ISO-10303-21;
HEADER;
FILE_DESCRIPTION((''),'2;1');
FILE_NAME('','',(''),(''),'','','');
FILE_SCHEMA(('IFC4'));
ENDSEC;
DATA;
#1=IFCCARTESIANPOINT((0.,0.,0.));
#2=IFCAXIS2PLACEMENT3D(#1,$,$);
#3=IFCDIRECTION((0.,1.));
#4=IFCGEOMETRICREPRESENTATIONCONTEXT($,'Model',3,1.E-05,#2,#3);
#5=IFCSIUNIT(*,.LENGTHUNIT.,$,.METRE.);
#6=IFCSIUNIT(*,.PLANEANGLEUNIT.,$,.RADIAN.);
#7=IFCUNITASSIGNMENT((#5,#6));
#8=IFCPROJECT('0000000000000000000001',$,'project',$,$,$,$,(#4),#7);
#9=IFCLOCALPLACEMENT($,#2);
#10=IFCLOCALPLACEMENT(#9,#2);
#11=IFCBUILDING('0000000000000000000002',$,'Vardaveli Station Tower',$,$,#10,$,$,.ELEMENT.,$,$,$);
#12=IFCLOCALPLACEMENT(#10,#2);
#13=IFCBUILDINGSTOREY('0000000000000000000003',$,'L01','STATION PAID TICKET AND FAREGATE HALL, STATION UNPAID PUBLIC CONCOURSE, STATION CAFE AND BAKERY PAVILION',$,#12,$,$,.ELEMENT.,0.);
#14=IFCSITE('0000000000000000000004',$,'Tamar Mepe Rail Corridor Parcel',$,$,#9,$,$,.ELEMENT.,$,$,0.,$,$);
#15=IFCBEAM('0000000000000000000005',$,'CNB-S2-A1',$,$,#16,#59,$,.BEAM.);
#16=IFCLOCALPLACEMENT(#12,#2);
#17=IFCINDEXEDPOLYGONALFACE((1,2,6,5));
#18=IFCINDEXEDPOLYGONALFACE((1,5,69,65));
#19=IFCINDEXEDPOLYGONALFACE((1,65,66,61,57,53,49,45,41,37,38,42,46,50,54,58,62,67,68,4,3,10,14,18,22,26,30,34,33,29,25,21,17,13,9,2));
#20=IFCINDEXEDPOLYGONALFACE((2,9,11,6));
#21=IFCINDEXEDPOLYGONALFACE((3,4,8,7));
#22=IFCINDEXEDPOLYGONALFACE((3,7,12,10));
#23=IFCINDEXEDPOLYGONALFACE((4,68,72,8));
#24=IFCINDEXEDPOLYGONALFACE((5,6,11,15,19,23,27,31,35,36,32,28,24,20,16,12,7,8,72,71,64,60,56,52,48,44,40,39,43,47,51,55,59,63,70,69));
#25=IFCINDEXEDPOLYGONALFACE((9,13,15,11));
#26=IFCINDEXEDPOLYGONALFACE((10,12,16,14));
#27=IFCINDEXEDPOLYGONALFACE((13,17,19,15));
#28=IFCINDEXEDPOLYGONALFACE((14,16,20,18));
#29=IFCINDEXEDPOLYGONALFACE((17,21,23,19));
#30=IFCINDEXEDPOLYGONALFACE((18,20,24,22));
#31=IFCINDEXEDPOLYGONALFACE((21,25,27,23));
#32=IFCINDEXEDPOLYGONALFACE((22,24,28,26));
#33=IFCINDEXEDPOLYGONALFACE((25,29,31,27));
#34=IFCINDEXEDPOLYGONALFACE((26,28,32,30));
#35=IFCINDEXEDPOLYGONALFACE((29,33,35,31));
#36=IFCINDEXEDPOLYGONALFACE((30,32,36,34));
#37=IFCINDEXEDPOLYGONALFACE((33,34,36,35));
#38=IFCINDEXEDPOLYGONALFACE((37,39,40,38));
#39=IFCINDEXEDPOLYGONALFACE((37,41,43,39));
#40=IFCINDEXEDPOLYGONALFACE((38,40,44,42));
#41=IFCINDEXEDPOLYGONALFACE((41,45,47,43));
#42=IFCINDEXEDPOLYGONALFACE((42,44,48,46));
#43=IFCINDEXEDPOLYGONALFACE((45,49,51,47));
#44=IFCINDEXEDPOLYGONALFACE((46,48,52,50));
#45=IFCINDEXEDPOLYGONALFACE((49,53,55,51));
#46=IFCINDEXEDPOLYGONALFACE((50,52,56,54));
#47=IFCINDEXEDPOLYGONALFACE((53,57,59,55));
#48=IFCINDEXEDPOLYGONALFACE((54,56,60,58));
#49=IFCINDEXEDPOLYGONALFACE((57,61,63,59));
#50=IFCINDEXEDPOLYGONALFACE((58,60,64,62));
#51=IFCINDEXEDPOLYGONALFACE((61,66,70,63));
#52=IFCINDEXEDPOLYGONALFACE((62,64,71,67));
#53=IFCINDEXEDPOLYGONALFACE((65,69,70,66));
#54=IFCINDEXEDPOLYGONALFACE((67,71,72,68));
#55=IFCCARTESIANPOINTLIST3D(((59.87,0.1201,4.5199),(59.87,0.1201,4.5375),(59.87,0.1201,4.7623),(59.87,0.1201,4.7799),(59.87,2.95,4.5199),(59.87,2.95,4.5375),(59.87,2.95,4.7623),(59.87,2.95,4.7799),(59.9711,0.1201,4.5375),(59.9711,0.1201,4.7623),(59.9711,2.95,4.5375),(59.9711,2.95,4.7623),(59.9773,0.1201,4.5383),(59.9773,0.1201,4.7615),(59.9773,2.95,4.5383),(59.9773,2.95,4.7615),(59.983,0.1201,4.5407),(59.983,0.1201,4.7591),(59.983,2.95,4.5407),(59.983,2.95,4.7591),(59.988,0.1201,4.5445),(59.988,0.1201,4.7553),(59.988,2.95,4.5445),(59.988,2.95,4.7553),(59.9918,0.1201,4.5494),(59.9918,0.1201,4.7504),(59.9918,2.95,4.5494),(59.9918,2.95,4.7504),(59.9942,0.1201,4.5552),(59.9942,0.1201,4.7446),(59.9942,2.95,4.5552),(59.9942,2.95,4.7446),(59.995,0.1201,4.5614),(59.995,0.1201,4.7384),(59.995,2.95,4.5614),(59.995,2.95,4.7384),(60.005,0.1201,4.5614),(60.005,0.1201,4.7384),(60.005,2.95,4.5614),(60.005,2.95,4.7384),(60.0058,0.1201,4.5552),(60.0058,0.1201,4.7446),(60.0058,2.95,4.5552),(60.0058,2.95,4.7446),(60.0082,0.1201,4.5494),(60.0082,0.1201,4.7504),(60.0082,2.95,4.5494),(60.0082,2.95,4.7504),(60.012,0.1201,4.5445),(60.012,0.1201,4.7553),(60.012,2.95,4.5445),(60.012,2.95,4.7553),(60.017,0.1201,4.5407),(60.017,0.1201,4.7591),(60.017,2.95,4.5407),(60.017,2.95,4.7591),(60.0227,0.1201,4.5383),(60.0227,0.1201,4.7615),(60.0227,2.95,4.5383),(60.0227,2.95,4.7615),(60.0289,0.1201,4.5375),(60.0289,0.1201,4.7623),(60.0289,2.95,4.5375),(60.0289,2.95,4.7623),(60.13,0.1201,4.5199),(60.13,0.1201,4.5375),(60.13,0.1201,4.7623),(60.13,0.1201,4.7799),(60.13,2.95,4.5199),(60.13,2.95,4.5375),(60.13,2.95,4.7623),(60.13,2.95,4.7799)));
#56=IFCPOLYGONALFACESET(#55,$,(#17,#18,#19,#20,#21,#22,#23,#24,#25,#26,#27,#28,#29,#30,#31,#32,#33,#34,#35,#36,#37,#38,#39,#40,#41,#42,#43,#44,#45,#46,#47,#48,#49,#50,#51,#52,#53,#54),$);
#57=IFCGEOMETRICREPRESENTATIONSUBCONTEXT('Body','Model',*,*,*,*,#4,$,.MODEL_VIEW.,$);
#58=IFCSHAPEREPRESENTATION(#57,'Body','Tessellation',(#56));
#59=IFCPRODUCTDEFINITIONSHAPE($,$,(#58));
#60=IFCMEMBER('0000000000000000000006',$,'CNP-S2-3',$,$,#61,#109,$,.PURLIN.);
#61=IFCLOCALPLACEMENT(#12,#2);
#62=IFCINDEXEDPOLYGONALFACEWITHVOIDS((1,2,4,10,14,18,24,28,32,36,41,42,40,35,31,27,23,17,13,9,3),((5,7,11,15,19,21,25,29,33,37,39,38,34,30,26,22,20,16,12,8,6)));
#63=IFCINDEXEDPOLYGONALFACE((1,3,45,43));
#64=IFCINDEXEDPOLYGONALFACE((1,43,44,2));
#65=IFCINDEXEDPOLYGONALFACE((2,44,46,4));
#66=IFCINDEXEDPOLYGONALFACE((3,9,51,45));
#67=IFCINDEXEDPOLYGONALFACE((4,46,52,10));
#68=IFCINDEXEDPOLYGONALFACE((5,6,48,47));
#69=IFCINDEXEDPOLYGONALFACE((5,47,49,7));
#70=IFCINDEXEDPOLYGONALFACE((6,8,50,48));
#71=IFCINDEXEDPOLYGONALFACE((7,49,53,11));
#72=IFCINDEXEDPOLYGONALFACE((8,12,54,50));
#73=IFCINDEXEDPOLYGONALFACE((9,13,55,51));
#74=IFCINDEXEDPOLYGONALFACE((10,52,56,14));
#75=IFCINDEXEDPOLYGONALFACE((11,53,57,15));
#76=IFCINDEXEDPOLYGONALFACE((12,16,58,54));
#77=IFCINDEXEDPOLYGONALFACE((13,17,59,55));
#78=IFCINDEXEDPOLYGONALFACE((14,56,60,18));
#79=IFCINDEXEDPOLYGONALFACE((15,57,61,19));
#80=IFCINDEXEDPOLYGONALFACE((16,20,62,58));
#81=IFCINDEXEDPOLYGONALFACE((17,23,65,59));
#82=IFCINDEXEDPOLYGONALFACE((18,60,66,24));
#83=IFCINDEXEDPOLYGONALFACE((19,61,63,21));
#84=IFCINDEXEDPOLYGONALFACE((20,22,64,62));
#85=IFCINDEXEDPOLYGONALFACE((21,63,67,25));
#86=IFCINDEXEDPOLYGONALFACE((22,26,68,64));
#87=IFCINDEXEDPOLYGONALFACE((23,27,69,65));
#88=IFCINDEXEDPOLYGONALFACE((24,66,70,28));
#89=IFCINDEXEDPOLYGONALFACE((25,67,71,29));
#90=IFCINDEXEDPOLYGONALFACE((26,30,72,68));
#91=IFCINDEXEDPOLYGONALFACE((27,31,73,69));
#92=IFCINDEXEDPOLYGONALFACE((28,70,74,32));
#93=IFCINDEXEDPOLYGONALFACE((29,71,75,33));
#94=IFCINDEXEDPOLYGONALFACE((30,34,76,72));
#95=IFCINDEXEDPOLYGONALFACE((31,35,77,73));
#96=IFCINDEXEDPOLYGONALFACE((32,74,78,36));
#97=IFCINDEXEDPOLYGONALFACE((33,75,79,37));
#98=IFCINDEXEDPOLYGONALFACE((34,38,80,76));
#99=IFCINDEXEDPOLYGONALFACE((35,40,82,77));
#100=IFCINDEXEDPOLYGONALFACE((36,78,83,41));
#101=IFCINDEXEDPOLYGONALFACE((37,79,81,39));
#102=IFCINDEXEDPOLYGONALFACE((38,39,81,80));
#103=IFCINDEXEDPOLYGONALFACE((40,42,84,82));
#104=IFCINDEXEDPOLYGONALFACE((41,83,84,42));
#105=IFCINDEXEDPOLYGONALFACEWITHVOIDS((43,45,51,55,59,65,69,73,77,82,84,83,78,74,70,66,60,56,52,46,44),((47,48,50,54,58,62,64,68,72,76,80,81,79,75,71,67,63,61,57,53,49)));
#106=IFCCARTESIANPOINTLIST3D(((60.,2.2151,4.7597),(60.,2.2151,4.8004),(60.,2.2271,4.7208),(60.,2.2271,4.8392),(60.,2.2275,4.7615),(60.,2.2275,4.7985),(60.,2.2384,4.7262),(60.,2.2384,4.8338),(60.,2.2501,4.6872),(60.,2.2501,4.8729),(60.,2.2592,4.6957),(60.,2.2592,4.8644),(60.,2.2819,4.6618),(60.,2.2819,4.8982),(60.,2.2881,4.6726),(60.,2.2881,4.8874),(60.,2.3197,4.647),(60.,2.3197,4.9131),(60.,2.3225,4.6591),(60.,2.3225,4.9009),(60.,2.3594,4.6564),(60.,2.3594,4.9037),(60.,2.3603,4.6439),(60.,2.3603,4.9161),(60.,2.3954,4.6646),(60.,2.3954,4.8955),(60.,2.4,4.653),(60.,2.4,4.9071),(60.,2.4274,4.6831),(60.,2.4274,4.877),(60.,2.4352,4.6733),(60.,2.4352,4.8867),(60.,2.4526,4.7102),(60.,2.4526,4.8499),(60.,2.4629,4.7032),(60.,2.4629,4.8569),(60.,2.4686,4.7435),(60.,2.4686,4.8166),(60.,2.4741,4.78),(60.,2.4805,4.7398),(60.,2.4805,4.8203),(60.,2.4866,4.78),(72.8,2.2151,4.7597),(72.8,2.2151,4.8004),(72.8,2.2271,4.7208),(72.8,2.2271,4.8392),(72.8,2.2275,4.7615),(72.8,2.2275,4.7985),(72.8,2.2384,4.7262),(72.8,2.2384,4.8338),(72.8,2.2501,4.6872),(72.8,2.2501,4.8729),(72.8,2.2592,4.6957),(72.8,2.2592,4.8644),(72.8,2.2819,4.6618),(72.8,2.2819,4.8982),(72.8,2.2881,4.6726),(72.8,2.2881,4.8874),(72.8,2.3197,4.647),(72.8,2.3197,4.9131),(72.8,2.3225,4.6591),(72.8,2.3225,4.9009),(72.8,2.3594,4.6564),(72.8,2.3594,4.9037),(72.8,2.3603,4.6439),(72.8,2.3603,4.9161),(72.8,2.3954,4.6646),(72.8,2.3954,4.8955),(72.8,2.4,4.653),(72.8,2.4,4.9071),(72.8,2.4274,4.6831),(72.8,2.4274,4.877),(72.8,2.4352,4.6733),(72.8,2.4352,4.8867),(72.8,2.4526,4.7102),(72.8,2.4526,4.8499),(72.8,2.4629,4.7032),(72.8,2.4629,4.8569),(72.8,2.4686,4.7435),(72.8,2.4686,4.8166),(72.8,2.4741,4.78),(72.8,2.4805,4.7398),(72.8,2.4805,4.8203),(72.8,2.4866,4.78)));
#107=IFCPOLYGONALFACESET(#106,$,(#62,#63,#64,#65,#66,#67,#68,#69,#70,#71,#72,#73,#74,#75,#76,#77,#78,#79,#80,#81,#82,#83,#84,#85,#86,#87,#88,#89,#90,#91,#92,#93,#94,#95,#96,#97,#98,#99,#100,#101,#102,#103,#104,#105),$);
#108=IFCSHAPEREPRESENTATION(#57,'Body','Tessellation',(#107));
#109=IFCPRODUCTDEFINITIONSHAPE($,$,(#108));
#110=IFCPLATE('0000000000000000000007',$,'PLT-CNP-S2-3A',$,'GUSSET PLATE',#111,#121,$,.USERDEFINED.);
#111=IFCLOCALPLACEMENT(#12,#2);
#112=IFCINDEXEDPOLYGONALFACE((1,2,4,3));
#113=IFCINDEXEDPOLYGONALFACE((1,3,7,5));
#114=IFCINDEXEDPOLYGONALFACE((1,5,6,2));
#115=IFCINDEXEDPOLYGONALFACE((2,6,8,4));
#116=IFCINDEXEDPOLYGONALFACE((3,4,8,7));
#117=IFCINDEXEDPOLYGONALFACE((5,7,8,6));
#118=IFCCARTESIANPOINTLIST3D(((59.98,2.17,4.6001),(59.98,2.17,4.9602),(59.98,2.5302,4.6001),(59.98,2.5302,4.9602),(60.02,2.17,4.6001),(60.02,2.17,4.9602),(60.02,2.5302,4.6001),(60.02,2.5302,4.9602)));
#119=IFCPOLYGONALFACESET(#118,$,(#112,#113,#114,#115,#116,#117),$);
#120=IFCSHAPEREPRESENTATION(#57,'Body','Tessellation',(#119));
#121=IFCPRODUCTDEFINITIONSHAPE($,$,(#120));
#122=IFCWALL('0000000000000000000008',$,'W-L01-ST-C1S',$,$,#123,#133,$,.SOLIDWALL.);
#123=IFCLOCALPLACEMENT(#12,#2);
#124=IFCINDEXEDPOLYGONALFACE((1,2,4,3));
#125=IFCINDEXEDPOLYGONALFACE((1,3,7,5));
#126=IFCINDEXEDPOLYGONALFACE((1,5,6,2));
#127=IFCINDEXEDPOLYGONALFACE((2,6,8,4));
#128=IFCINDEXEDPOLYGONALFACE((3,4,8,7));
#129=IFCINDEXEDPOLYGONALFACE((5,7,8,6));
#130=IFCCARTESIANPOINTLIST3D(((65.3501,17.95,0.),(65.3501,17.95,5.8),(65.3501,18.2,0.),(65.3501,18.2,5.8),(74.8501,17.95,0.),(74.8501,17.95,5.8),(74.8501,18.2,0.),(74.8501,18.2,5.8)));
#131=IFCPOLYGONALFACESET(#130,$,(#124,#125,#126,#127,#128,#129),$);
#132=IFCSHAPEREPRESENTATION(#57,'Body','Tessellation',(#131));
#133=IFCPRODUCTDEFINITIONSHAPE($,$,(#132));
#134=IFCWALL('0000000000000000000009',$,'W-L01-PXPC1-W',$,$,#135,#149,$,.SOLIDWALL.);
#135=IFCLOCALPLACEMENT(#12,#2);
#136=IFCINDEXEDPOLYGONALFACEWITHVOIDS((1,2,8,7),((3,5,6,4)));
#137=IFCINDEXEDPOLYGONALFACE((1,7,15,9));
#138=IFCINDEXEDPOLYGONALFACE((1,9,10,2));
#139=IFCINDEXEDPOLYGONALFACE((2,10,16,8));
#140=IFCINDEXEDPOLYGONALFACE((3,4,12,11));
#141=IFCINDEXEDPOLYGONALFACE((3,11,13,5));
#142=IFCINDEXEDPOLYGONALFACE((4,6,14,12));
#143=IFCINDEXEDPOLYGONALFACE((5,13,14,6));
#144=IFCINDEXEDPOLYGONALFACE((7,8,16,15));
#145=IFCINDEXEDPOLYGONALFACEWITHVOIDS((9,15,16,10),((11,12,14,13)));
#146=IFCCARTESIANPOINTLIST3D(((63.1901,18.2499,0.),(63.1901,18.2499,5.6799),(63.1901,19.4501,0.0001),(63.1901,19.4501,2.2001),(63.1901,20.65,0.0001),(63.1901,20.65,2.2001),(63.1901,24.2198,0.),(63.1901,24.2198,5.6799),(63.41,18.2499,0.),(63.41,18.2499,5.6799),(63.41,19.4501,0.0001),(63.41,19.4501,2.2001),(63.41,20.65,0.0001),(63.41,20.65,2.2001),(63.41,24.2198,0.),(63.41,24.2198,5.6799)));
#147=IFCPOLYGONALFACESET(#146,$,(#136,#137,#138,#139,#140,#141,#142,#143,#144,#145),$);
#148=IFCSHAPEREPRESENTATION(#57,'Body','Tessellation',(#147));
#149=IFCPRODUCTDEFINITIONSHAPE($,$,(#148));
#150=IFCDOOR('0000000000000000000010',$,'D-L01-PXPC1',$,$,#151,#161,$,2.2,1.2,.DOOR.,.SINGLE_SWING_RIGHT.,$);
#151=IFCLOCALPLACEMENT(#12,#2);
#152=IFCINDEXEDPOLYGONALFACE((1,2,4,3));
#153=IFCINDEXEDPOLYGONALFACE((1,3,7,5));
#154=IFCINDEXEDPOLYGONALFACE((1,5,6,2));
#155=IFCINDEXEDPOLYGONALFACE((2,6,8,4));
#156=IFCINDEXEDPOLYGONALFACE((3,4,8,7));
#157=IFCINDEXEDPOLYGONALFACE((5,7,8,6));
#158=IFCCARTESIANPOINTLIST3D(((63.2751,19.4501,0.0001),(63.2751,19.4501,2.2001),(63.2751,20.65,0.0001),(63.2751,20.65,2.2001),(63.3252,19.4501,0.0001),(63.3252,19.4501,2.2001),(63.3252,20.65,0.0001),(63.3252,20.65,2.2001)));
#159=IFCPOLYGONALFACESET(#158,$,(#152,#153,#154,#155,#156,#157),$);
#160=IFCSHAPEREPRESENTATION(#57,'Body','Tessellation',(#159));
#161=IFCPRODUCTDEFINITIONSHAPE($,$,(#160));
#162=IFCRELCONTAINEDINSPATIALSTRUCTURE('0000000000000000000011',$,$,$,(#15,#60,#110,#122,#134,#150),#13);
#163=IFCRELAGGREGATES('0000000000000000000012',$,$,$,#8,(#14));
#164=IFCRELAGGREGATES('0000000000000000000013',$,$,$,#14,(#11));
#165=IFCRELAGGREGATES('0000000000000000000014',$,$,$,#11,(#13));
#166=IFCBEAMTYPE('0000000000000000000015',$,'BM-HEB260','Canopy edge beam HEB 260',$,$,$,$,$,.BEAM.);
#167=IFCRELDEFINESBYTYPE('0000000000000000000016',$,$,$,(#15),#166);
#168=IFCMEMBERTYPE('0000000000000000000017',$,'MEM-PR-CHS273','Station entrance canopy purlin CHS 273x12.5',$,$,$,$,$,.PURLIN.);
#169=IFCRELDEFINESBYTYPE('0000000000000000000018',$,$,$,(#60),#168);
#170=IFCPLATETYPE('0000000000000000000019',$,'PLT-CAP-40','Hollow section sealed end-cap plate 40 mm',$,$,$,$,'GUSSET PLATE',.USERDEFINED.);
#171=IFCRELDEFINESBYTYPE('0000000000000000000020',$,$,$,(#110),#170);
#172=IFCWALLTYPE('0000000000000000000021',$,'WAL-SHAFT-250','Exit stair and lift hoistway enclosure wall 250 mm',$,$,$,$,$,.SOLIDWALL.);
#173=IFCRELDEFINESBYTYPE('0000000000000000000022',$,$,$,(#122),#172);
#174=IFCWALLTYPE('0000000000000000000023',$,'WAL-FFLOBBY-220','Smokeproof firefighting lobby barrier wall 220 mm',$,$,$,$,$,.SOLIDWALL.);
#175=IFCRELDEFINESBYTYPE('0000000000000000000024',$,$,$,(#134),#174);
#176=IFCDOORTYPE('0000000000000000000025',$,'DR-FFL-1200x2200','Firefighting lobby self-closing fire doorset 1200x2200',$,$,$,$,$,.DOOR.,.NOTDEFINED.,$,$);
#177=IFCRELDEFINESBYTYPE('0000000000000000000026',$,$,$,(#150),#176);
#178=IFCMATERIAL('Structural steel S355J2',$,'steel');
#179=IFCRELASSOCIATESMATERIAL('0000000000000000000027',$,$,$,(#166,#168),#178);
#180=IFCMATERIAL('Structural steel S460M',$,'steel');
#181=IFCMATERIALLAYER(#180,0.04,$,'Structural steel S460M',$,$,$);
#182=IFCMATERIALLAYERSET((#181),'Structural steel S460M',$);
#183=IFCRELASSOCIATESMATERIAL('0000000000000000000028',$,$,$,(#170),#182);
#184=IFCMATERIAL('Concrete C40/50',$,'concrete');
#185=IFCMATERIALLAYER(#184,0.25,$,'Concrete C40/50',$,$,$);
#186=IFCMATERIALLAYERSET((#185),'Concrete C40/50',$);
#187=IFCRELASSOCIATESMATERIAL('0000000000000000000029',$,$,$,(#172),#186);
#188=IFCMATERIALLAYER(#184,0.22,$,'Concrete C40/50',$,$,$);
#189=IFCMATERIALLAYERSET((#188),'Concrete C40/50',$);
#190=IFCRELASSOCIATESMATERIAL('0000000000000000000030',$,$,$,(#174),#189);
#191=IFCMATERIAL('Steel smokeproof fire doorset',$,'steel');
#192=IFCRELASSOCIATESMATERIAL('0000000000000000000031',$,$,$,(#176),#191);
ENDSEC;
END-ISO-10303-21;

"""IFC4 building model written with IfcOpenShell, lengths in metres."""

from ifc_helpers import new_model, si_unit, direction, frame, frame_2d, origin, origin_2d, place, context, subcontext, project, spatial, rectangle, hollow_circle, i_section, extrude, source, transform, mapped, material, layer, layer_set, material_profile, profile_set, type_object, element, fill, save


model = new_model("IFC4")

# Units and contexts
model_context = context("Model", 3, precision=1e-05, world=origin(), true_north=direction((0.0, 1.0)))
body_context = subcontext(model_context, "Body", "Model", "MODEL_VIEW")
ifc_project = project(units=[si_unit("LENGTHUNIT", "METRE"), si_unit("PLANEANGLEUNIT", "RADIAN")], contexts=[model_context])

# Site, building, storey
site_placement = place(None, origin())
site = spatial("IfcSite", under=ifc_project, at=site_placement, Name="Tamar Mepe Rail Corridor Parcel", CompositionType="ELEMENT", RefElevation=0.0)
building_placement = place(site_placement, origin())
building = spatial("IfcBuilding", under=site, at=building_placement, Name="Vardaveli Station Tower", CompositionType="ELEMENT")
storey_placement = place(building_placement, origin())
storey = spatial("IfcBuildingStorey", under=building, at=storey_placement, Name="L01", Description="STATION PAID TICKET AND FAREGATE HALL, STATION UNPAID PUBLIC CONCOURSE, STATION CAFE AND BAKERY PAVILION", CompositionType="ELEMENT", Elevation=0.0)

# Beam
ifc_material_1 = material(Name="Structural steel S355J2", Category="steel")
ifc_material_profile_1 = material_profile(ifc_material_1, i_section(OverallWidth=0.26, OverallDepth=0.26, WebThickness=0.01, FlangeThickness=0.0176, FilletRadius=0.0239, at=origin_2d()), Name="HEB 260")
ifc_profile_set_1 = profile_set([ifc_material_profile_1], Name="Structural steel S355J2")
beam_type_1 = type_object("IfcBeamType", Name="BM-HEB260", Description="Canopy edge beam HEB 260", PredefinedType="BEAM", material=ifc_profile_set_1)
shared_shape_1 = source(origin(), body_context, "Body", "SweptSolid", [
    extrude(i_section(OverallWidth=0.26, OverallDepth=0.26, WebThickness=0.01, FlangeThickness=0.0176, FilletRadius=0.0239, at=origin_2d()), origin(), (0.0, 0.0, 1.0), 2.8298),
])
beam_1_placement = place(storey_placement, frame((60.0, 2.95, 4.6499), z_axis=(0.0, -1.0, 0.0), x_axis=(1.0, 0.0, 0.0)))
element("IfcBeam", 1, at=beam_1_placement, inside=storey, type_object=beam_type_1, Name="CNB-S2-A1", PredefinedType="BEAM", context=body_context, shape_type="MappedRepresentation", body=[
    mapped(shared_shape_1, transform((0.0, 0.0, 0.0), scale=1.0)),
])

# Member
ifc_material_profile_2 = material_profile(ifc_material_1, hollow_circle(Radius=0.1365, WallThickness=0.0125, at=origin_2d()), Name="CHS 273x12.5")
ifc_profile_set_2 = profile_set([ifc_material_profile_2], Name="Structural steel S355J2")
member_type = type_object("IfcMemberType", Name="MEM-PR-CHS273", Description="Station entrance canopy purlin CHS 273x12.5", PredefinedType="PURLIN", material=ifc_profile_set_2)
shared_shape_2 = source(origin(), body_context, "Body", "SweptSolid", [
    extrude(hollow_circle(Radius=0.1365, WallThickness=0.0125, at=origin_2d()), origin(), (0.0, 0.0, 1.0), 12.8),
])
member_placement = place(storey_placement, frame((60.0, 2.3501, 4.78), z_axis=(1.0, 0.0, 0.0), x_axis=(0.0, 1.0, 0.0)))
element("IfcMember", 2, at=member_placement, inside=storey, type_object=member_type, Name="CNP-S2-3", PredefinedType="PURLIN", context=body_context, shape_type="MappedRepresentation", body=[
    mapped(shared_shape_2, transform((0.0, 0.0, 0.0), scale=1.0)),
])

# Plate
ifc_material_2 = material(Name="Structural steel S460M", Category="steel")
ifc_layer_1 = layer(ifc_material_2, 0.04, Name="Structural steel S460M")
ifc_layer_set_1 = layer_set([ifc_layer_1], Name="Structural steel S460M")
plate_type = type_object("IfcPlateType", Name="PLT-CAP-40", Description="Hollow section sealed end-cap plate 40 mm", ElementType="GUSSET PLATE", PredefinedType="USERDEFINED", material=ifc_layer_set_1)
shared_shape_3 = source(origin(), body_context, "Body", "SweptSolid", [
    extrude(rectangle(XDim=0.04, YDim=0.3601, at=origin_2d()), origin(), (0.0, 0.0, 1.0), 0.3601),
])
plate_placement = place(storey_placement, frame((60.0, 2.3501, 4.6001), z_axis=(0.0, 0.0, 1.0), x_axis=(1.0, 0.0, 0.0)))
element("IfcPlate", 3, at=plate_placement, inside=storey, type_object=plate_type, Name="PLT-CNP-S2-3A", ObjectType="GUSSET PLATE", PredefinedType="USERDEFINED", context=body_context, shape_type="MappedRepresentation", body=[
    mapped(shared_shape_3, transform((0.0, 0.0, 0.0), scale=1.0)),
])

# Wall
ifc_material_3 = material(Name="Concrete C40/50", Category="concrete")
ifc_layer_2 = layer(ifc_material_3, 0.25, Name="Concrete C40/50")
ifc_layer_set_2 = layer_set([ifc_layer_2], Name="Concrete C40/50")
wall_type_1 = type_object("IfcWallType", Name="WAL-SHAFT-250", Description="Exit stair and lift hoistway enclosure wall 250 mm", PredefinedType="SOLIDWALL", material=ifc_layer_set_2)
shared_shape_4 = source(origin(), body_context, "Body", "SweptSolid", [
    extrude(rectangle(XDim=9.5, YDim=0.25, at=frame_2d((4.75, 0.0))), origin(), (0.0, 0.0, 1.0), 5.8),
])
wall_1_placement = place(storey_placement, frame((65.3501, 18.075, 0.0), z_axis=(0.0, 0.0, 1.0), x_axis=(1.0, 0.0, 0.0)))
element("IfcWall", 4, at=wall_1_placement, inside=storey, type_object=wall_type_1, Name="W-L01-ST-C1S", PredefinedType="SOLIDWALL", context=body_context, shape_type="MappedRepresentation", body=[
    mapped(shared_shape_4, transform((0.0, 0.0, 0.0), scale=1.0)),
])

# Wall, opening, door
ifc_layer_3 = layer(ifc_material_3, 0.22, Name="Concrete C40/50")
ifc_layer_set_3 = layer_set([ifc_layer_3], Name="Concrete C40/50")
wall_type_2 = type_object("IfcWallType", Name="WAL-FFLOBBY-220", Description="Smokeproof firefighting lobby barrier wall 220 mm", PredefinedType="SOLIDWALL", material=ifc_layer_set_3)
shared_shape_5 = source(origin(), body_context, "Body", "SweptSolid", [
    extrude(rectangle(XDim=5.97, YDim=0.22, at=frame_2d((2.9849, 0.0))), origin(), (0.0, 0.0, 1.0), 5.6799),
])
wall_2_placement = place(storey_placement, frame((63.3, 18.25, 0.0), z_axis=(0.0, 0.0, 1.0), x_axis=(0.0, 1.0, 0.0)))
wall_2 = element("IfcWall", 5, at=wall_2_placement, inside=storey, type_object=wall_type_2, Name="W-L01-PXPC1-W", PredefinedType="SOLIDWALL", context=body_context, shape_type="MappedRepresentation", body=[
    mapped(shared_shape_5, transform((0.0, 0.0, 0.0), scale=1.0)),
])
shared_shape_6 = source(origin(), body_context, "Body", "SweptSolid", [
    extrude(rectangle(XDim=1.2, YDim=2.2, at=frame_2d((0.6001, 1.1001))), frame((0.0, 0.1201, 0.0), z_axis=(0.0, -1.0, 0.0), x_axis=(1.0, 0.0, 0.0)), (0.0, 0.0, 1.0), 0.24),
])
opening_placement = place(wall_2_placement, frame((1.2, 0.0, 0.0)))
opening = element("IfcOpeningElement", 6, at=opening_placement, cuts=wall_2, PredefinedType="OPENING", context=body_context, shape_type="MappedRepresentation", body=[
    mapped(shared_shape_6, transform((0.0, 0.0, 0.0), scale=1.0)),
])
ifc_material_4 = material(Name="Steel smokeproof fire doorset", Category="steel")
door_type = type_object("IfcDoorType", Name="DR-FFL-1200x2200", Description="Firefighting lobby self-closing fire doorset 1200x2200", OperationType="NOTDEFINED", PredefinedType="DOOR", material=ifc_material_4)
shared_shape_7 = source(origin(), body_context, "Body", "SweptSolid", [
    extrude(rectangle(XDim=1.2, YDim=2.2, at=frame_2d((0.6001, 1.1001))), frame((0.0, 0.0249, 0.0), z_axis=(0.0, -1.0, 0.0), x_axis=(1.0, 0.0, 0.0)), (0.0, 0.0, 1.0), 0.05),
])
door_placement = place(opening_placement, origin())
door = element("IfcDoor", 7, at=door_placement, inside=storey, type_object=door_type, Name="D-L01-PXPC1", OperationType="SINGLE_SWING_RIGHT", OverallHeight=2.2, OverallWidth=1.2, PredefinedType="DOOR", context=body_context, shape_type="MappedRepresentation", body=[
    mapped(shared_shape_7, transform((0.0, 0.0, 0.0), scale=1.0)),
])
fill(opening, door)

save(model, "model.ifc")
